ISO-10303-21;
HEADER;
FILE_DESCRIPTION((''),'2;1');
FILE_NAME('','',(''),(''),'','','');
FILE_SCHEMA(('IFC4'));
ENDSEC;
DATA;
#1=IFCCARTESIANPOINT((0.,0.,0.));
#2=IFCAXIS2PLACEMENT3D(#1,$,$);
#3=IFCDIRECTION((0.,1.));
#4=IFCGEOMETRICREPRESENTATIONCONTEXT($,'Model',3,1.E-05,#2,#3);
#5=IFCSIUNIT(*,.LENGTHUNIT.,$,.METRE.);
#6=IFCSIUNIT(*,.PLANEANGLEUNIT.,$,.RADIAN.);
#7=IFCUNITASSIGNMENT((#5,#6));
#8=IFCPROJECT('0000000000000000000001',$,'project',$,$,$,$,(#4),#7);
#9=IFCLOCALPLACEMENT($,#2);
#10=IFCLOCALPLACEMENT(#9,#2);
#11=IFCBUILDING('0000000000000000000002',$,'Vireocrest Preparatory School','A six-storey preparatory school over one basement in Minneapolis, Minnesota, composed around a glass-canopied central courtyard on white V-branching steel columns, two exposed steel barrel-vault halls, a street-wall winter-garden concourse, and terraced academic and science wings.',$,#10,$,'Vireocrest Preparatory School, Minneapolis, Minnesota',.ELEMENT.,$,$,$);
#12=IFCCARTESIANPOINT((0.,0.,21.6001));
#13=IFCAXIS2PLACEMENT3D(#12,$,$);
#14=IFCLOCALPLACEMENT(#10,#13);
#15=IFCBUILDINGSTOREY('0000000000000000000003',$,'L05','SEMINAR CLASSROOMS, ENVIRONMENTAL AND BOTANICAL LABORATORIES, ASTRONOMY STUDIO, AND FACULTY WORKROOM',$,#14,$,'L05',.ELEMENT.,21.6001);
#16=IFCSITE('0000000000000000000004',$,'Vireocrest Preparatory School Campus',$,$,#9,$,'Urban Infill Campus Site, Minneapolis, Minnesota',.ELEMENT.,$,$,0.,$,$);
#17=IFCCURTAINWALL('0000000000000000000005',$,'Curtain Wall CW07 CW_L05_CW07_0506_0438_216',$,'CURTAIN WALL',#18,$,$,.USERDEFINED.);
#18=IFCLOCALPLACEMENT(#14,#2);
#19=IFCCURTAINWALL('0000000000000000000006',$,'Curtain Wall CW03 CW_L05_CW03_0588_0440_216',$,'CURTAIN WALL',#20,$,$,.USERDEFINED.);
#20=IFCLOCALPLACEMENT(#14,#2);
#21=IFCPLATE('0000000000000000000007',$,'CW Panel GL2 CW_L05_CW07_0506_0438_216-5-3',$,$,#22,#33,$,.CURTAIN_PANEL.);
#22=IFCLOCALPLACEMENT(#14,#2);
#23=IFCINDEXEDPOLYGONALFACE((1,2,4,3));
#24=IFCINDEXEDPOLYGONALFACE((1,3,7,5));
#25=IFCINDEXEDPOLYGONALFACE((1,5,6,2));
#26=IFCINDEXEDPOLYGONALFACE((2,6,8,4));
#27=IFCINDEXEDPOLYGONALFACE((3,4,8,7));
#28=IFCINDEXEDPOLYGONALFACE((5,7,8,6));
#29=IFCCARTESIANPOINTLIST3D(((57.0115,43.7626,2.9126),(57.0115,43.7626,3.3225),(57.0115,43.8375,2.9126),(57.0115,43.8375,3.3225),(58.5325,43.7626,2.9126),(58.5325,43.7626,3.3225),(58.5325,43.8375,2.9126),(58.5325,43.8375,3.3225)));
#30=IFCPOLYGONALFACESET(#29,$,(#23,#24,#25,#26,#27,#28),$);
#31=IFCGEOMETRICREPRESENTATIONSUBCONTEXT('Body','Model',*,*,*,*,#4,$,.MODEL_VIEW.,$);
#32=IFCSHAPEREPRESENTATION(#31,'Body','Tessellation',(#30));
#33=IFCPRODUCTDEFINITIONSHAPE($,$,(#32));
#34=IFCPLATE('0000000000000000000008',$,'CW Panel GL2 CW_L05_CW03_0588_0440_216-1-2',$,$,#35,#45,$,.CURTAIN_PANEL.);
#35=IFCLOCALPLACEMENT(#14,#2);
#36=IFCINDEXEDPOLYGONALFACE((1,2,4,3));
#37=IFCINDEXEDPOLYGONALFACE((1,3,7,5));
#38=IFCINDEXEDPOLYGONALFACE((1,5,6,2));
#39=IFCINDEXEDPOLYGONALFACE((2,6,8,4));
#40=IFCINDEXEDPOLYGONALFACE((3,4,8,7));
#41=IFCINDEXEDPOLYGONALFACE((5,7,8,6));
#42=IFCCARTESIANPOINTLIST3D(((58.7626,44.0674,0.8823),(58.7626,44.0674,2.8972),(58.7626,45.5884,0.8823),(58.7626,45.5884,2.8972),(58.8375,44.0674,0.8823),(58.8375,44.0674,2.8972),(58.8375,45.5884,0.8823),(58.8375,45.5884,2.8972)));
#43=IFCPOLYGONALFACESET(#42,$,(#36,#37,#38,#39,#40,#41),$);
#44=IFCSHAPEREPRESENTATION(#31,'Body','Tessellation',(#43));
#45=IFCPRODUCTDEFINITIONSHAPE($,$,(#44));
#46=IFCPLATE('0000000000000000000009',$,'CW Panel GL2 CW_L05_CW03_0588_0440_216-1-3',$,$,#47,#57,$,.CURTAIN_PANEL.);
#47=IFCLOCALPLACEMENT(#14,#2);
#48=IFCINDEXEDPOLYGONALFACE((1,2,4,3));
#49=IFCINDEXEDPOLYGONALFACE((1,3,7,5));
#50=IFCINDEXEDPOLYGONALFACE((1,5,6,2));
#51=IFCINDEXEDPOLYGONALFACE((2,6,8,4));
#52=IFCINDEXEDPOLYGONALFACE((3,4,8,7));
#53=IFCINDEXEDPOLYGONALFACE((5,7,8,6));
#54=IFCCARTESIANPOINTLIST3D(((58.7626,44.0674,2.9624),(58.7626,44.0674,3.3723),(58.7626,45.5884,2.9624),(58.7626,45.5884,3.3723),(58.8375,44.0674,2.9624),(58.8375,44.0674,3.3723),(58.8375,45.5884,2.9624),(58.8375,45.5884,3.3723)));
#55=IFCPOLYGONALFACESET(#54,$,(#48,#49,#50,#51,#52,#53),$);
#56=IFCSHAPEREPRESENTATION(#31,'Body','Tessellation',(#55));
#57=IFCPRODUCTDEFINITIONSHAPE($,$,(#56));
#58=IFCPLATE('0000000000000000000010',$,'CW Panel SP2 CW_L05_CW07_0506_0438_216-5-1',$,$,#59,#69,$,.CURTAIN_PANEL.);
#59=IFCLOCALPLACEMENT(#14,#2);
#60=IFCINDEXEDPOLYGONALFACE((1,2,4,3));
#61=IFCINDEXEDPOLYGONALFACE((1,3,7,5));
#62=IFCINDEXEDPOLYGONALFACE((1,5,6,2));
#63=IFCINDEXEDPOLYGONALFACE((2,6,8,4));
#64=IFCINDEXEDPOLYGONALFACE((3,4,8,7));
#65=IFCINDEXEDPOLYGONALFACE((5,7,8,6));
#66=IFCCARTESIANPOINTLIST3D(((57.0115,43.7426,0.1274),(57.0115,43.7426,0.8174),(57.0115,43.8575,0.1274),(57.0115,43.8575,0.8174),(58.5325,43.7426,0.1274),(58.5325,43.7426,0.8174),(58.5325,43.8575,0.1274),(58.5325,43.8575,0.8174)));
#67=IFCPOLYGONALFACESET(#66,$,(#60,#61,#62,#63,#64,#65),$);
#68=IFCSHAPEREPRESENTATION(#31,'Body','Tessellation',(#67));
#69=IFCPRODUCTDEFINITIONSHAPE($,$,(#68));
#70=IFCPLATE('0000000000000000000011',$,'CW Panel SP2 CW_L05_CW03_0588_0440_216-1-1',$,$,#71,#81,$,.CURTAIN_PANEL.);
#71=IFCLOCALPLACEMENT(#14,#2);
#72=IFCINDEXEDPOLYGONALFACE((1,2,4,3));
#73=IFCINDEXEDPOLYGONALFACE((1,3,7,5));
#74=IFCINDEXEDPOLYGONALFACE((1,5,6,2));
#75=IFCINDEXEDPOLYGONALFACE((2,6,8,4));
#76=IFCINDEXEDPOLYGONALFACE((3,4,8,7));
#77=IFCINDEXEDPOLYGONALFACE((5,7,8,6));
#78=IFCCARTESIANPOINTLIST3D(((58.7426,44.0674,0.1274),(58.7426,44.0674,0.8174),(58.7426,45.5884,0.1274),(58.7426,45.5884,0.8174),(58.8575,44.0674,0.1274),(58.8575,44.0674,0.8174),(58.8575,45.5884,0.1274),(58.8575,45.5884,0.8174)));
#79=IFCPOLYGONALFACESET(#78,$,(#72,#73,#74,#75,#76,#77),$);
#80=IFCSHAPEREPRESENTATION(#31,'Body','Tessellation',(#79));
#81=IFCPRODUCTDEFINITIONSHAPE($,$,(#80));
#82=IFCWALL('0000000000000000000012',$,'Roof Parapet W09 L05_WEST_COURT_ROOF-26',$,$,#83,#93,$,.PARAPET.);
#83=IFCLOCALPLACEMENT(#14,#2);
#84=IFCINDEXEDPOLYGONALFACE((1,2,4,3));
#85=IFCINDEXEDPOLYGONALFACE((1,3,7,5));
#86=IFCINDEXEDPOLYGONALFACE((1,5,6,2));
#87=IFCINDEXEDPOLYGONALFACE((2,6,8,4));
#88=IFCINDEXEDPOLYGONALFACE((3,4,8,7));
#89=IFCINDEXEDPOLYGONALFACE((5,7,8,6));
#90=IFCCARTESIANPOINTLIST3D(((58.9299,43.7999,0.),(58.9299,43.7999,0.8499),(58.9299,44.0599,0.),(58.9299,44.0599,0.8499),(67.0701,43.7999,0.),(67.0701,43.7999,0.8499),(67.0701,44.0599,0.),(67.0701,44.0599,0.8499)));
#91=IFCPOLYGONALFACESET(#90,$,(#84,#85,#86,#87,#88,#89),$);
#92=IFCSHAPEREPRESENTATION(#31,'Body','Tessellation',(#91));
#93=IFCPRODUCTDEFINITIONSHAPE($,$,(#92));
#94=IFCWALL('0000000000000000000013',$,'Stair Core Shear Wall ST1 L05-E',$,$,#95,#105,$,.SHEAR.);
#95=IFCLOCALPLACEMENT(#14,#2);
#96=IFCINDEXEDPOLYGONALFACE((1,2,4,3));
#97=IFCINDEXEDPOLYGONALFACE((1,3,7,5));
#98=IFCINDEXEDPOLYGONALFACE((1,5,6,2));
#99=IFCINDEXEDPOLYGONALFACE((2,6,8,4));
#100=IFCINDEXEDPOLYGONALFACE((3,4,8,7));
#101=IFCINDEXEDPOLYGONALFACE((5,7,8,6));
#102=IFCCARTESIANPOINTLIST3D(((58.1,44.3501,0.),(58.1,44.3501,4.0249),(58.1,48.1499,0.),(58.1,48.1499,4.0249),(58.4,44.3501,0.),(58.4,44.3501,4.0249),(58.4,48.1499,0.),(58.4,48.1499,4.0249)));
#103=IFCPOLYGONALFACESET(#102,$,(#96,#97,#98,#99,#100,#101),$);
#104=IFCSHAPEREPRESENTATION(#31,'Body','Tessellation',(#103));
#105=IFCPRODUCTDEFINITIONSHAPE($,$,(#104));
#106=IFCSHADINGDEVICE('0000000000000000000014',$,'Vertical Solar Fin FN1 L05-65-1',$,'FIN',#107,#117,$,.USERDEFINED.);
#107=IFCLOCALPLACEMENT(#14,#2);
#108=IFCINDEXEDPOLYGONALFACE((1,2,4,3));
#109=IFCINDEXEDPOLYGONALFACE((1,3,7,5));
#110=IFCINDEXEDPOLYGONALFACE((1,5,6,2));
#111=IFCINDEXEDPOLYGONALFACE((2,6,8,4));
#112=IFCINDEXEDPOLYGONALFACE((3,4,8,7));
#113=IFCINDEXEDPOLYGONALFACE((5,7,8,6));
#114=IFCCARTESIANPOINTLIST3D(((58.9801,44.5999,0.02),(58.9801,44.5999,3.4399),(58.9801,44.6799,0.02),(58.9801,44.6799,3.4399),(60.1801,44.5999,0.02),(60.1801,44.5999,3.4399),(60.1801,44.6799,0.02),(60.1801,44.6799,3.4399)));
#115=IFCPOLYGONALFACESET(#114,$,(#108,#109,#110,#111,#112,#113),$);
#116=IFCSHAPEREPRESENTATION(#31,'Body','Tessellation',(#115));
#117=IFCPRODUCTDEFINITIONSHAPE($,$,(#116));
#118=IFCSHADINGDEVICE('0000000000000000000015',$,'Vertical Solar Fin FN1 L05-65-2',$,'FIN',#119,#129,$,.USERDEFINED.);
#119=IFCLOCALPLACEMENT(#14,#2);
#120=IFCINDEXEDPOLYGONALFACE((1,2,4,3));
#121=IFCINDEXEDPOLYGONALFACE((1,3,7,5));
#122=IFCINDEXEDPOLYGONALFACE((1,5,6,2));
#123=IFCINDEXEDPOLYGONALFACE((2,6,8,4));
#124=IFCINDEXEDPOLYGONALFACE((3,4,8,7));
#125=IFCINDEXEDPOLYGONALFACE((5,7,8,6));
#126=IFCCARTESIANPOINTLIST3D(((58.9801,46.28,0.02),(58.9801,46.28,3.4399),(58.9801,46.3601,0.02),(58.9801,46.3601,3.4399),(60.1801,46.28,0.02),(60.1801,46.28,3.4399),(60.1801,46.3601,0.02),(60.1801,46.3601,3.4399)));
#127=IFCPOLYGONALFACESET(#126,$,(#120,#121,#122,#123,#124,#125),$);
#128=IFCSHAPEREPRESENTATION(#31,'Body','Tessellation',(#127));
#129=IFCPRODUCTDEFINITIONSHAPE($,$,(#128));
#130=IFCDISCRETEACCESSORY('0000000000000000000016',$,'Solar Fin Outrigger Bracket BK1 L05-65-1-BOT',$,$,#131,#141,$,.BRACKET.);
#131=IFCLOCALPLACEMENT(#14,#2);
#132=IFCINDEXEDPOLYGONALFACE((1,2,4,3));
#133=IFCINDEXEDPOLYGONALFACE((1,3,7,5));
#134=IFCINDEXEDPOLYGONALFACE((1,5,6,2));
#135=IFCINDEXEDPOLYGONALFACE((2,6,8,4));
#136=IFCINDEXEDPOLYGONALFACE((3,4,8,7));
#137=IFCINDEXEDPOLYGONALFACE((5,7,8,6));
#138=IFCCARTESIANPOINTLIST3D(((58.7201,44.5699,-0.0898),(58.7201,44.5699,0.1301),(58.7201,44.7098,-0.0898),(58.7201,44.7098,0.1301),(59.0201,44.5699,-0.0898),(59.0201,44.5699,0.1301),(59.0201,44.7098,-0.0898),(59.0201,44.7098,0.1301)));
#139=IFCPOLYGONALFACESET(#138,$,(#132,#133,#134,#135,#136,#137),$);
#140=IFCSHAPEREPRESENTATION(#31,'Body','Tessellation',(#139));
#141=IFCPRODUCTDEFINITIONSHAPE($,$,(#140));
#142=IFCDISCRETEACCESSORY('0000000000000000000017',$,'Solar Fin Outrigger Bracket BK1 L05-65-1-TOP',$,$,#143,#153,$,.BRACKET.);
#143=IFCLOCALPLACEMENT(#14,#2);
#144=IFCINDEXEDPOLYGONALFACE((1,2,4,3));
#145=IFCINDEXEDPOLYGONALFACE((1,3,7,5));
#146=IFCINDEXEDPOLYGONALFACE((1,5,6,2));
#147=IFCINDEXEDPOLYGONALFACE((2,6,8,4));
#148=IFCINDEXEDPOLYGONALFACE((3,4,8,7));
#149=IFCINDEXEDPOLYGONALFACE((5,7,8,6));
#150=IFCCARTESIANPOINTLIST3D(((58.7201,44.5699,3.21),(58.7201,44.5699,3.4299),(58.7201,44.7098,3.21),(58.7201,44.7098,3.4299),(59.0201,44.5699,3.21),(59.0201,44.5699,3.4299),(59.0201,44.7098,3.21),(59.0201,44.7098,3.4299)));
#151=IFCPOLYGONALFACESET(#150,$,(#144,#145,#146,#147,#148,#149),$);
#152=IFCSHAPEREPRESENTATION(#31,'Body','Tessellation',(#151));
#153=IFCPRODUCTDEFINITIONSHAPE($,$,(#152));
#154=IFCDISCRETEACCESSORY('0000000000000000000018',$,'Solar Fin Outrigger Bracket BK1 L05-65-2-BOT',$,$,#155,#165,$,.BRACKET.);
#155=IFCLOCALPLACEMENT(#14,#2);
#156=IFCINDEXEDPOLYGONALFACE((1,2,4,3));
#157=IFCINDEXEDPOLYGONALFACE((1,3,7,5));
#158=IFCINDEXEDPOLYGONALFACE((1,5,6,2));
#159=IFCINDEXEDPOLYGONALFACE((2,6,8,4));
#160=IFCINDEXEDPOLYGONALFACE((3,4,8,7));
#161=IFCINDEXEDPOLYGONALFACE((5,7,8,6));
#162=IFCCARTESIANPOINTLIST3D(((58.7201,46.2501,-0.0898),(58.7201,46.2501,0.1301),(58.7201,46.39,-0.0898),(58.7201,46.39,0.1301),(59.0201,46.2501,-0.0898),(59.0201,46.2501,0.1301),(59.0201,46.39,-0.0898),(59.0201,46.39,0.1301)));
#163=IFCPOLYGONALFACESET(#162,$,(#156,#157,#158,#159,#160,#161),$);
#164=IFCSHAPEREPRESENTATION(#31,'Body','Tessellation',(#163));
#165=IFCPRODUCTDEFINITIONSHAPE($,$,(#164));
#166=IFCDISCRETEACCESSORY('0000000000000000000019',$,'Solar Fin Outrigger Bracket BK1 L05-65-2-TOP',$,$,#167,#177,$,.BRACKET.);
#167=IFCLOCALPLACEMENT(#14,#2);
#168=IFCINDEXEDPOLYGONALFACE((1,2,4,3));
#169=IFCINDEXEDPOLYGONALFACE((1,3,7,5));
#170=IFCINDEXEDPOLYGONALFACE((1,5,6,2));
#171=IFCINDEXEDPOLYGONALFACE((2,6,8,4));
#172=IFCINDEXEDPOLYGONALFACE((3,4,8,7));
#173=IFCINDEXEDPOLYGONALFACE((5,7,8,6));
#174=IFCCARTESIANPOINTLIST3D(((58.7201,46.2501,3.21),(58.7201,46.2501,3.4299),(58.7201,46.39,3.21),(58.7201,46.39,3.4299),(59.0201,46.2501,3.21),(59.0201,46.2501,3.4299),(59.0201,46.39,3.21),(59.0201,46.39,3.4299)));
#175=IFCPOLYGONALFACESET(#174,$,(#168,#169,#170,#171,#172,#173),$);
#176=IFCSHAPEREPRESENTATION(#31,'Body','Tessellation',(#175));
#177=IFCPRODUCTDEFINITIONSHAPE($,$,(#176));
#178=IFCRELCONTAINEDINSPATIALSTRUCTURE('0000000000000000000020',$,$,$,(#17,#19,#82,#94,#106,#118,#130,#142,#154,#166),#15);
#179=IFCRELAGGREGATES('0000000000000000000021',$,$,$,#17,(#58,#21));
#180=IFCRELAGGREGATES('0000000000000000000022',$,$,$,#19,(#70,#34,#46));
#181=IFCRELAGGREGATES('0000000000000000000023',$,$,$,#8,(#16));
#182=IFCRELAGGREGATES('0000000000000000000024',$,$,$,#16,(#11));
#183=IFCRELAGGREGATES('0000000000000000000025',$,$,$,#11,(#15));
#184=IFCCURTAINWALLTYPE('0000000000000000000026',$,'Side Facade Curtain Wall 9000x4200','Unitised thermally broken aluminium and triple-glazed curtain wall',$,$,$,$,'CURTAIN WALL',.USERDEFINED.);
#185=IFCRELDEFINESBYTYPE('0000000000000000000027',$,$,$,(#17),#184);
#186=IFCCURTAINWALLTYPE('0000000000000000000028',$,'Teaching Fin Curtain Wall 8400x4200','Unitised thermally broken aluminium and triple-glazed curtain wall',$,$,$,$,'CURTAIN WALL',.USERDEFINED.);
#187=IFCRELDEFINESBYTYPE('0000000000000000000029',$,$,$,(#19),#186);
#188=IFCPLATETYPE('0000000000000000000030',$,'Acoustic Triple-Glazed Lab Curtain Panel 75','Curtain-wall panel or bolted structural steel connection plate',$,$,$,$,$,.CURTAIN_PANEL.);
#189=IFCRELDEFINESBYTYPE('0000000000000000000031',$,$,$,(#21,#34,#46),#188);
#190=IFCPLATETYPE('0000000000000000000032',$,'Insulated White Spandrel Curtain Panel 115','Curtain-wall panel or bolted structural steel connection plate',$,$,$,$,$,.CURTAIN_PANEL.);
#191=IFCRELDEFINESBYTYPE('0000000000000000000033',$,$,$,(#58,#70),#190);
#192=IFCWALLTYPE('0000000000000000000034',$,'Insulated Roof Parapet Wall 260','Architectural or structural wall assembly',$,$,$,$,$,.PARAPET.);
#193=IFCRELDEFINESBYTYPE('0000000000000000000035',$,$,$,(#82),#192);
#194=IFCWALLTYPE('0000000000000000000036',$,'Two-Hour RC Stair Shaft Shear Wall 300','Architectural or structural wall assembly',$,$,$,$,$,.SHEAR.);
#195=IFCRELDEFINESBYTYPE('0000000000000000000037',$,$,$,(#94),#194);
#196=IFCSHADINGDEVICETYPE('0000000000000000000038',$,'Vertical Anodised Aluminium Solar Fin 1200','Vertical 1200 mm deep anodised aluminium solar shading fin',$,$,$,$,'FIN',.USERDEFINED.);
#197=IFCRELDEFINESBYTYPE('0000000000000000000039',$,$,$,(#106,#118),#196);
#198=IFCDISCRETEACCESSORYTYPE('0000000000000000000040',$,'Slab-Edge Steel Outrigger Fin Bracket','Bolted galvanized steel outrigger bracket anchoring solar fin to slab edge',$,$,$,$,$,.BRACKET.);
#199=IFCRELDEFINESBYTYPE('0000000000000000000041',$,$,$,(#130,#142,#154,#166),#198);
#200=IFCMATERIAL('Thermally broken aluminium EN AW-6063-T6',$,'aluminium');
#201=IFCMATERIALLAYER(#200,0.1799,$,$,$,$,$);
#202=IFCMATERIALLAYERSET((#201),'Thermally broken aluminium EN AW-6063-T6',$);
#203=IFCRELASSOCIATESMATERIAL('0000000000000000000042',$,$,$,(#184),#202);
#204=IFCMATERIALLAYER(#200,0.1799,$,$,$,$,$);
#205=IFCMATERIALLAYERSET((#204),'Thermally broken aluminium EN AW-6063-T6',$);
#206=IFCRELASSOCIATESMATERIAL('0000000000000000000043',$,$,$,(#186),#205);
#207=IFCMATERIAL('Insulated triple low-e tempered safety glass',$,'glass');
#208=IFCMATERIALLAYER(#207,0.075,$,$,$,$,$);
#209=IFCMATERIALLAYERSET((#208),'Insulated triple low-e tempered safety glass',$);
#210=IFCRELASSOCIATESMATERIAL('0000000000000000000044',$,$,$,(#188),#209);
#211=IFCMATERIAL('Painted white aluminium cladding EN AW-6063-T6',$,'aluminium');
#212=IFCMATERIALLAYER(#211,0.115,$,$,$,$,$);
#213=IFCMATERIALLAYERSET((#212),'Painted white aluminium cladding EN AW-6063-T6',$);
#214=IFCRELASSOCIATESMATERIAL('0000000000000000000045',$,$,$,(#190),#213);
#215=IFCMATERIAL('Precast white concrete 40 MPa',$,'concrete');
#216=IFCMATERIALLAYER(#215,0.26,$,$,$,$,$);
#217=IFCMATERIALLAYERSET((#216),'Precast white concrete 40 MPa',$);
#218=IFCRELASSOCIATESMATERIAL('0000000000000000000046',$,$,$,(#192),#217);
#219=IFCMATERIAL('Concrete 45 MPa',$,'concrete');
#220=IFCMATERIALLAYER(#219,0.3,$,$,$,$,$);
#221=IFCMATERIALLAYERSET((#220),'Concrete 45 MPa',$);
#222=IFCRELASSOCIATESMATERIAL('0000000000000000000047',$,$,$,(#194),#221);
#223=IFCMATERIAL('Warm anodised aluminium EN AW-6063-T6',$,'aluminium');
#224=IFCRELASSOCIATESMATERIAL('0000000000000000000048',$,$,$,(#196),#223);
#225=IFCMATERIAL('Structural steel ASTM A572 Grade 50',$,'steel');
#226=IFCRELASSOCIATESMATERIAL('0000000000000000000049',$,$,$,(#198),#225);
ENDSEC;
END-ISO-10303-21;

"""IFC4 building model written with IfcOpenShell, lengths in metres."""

from ifc_helpers import new_model, si_unit, direction, frame, frame_2d, origin, origin_2d, place, context, subcontext, project, spatial, rectangle, extrude, material, layer, layer_set, material_profile, profile_set, type_object, element, aggregate, save


model = new_model("IFC4")

# Units and contexts
model_context = context("Model", 3, precision=1e-05, world=origin(), true_north=direction((0.0, 1.0)))
body_context = subcontext(model_context, "Body", "Model", "MODEL_VIEW")
ifc_project = project(units=[si_unit("LENGTHUNIT", "METRE"), si_unit("PLANEANGLEUNIT", "RADIAN")], contexts=[model_context])

# Site, building, storey
site_placement = place(None, origin())
site = spatial("IfcSite", under=ifc_project, at=site_placement, Name="Vireocrest Preparatory School Campus", LongName="Urban Infill Campus Site, Minneapolis, Minnesota", CompositionType="ELEMENT", RefElevation=0.0)
building_placement = place(site_placement, origin())
building = spatial("IfcBuilding", under=site, at=building_placement, Name="Vireocrest Preparatory School", Description="A six-storey preparatory school over one basement in Minneapolis, Minnesota, composed around a glass-canopied central courtyard on white V-branching steel columns, two exposed steel barrel-vault halls, a street-wall winter-garden concourse, and terraced academic and science wings.", LongName="Vireocrest Preparatory School, Minneapolis, Minnesota", CompositionType="ELEMENT")
storey_placement = place(building_placement, frame((0.0, 0.0, 21.6001)))
storey = spatial("IfcBuildingStorey", under=building, at=storey_placement, Name="L05", Description="SEMINAR CLASSROOMS, ENVIRONMENTAL AND BOTANICAL LABORATORIES, ASTRONOMY STUDIO, AND FACULTY WORKROOM", LongName="L05", CompositionType="ELEMENT", Elevation=21.6001)

# Shared definitions
ifc_material_1 = material(Name="Concrete 45 MPa", Category="concrete")

# Curtain walls
ifc_material_2 = material(Name="Thermally broken aluminium EN AW-6063-T6", Category="aluminium")
ifc_layer_1 = layer(ifc_material_2, 0.1799)
ifc_layer_set_1 = layer_set([ifc_layer_1], Name="Thermally broken aluminium EN AW-6063-T6")
curtain_wall_type_1 = type_object("IfcCurtainWallType", Name="Side Facade Curtain Wall 9000x4200", Description="Unitised thermally broken aluminium and triple-glazed curtain wall", ElementType="CURTAIN WALL", PredefinedType="USERDEFINED", material=ifc_layer_set_1)
curtain_wall_1_placement = place(storey_placement, origin())
curtain_wall_1 = element("IfcCurtainWall", 1, at=curtain_wall_1_placement, inside=storey, type_object=curtain_wall_type_1, Name="Curtain Wall CW07 CW_L05_CW07_0506_0438_216", ObjectType="CURTAIN WALL", PredefinedType="USERDEFINED")
ifc_layer_2 = layer(ifc_material_2, 0.1799)
ifc_layer_set_2 = layer_set([ifc_layer_2], Name="Thermally broken aluminium EN AW-6063-T6")
curtain_wall_type_2 = type_object("IfcCurtainWallType", Name="Teaching Fin Curtain Wall 8400x4200", Description="Unitised thermally broken aluminium and triple-glazed curtain wall", ElementType="CURTAIN WALL", PredefinedType="USERDEFINED", material=ifc_layer_set_2)
curtain_wall_2_placement = place(storey_placement, origin())
curtain_wall_2 = element("IfcCurtainWall", 2, at=curtain_wall_2_placement, inside=storey, type_object=curtain_wall_type_2, Name="Curtain Wall CW03 CW_L05_CW03_0588_0440_216", ObjectType="CURTAIN WALL", PredefinedType="USERDEFINED")

# Plates
ifc_material_3 = material(Name="Insulated triple low-e tempered safety glass", Category="glass")
ifc_layer_3 = layer(ifc_material_3, 0.075)
ifc_layer_set_3 = layer_set([ifc_layer_3], Name="Insulated triple low-e tempered safety glass")
plate_type_1 = type_object("IfcPlateType", Name="Acoustic Triple-Glazed Lab Curtain Panel 75", Description="Curtain-wall panel or bolted structural steel connection plate", PredefinedType="CURTAIN_PANEL", material=ifc_layer_set_3)
plate_1_placement = place(storey_placement, frame((57.772, 43.8, 2.9126), z_axis=(0.0, 0.0, 1.0), x_axis=(1.0, 0.0, 0.0)))
plate_1 = element("IfcPlate", 3, at=plate_1_placement, type_object=plate_type_1, Name="CW Panel GL2 CW_L05_CW07_0506_0438_216-5-3", PredefinedType="CURTAIN_PANEL", context=body_context, shape_type="SweptSolid", body=[
    extrude(rectangle(XDim=1.521, YDim=0.075, at=origin_2d()), origin(), (0.0, 0.0, 1.0), 0.4099),
])
plate_2_placement = place(storey_placement, frame((58.8, 44.8279, 0.8823), z_axis=(0.0, 0.0, 1.0), x_axis=(0.0, 1.0, 0.0)))
plate_2 = element("IfcPlate", 4, at=plate_2_placement, type_object=plate_type_1, Name="CW Panel GL2 CW_L05_CW03_0588_0440_216-1-2", PredefinedType="CURTAIN_PANEL", context=body_context, shape_type="SweptSolid", body=[
    extrude(rectangle(XDim=1.521, YDim=0.075, at=origin_2d()), origin(), (0.0, 0.0, 1.0), 2.0149),
])
plate_3_placement = place(storey_placement, frame((58.8, 44.8279, 2.9624), z_axis=(0.0, 0.0, 1.0), x_axis=(0.0, 1.0, 0.0)))
plate_3 = element("IfcPlate", 5, at=plate_3_placement, type_object=plate_type_1, Name="CW Panel GL2 CW_L05_CW03_0588_0440_216-1-3", PredefinedType="CURTAIN_PANEL", context=body_context, shape_type="SweptSolid", body=[
    extrude(rectangle(XDim=1.521, YDim=0.075, at=origin_2d()), origin(), (0.0, 0.0, 1.0), 0.4099),
])
ifc_material_4 = material(Name="Painted white aluminium cladding EN AW-6063-T6", Category="aluminium")
ifc_layer_4 = layer(ifc_material_4, 0.115)
ifc_layer_set_4 = layer_set([ifc_layer_4], Name="Painted white aluminium cladding EN AW-6063-T6")
plate_type_2 = type_object("IfcPlateType", Name="Insulated White Spandrel Curtain Panel 115", Description="Curtain-wall panel or bolted structural steel connection plate", PredefinedType="CURTAIN_PANEL", material=ifc_layer_set_4)
plate_4_placement = place(storey_placement, frame((57.772, 43.8, 0.1274), z_axis=(0.0, 0.0, 1.0), x_axis=(1.0, 0.0, 0.0)))
plate_4 = element("IfcPlate", 6, at=plate_4_placement, type_object=plate_type_2, Name="CW Panel SP2 CW_L05_CW07_0506_0438_216-5-1", PredefinedType="CURTAIN_PANEL", context=body_context, shape_type="SweptSolid", body=[
    extrude(rectangle(XDim=1.521, YDim=0.115, at=origin_2d()), origin(), (0.0, 0.0, 1.0), 0.6899),
])
aggregate(curtain_wall_1, [plate_4, plate_1])
plate_5_placement = place(storey_placement, frame((58.8, 44.8279, 0.1274), z_axis=(0.0, 0.0, 1.0), x_axis=(0.0, 1.0, 0.0)))
plate_5 = element("IfcPlate", 7, at=plate_5_placement, type_object=plate_type_2, Name="CW Panel SP2 CW_L05_CW03_0588_0440_216-1-1", PredefinedType="CURTAIN_PANEL", context=body_context, shape_type="SweptSolid", body=[
    extrude(rectangle(XDim=1.521, YDim=0.115, at=origin_2d()), origin(), (0.0, 0.0, 1.0), 0.6899),
])
aggregate(curtain_wall_2, [plate_5, plate_2, plate_3])

# Walls
ifc_material_5 = material(Name="Precast white concrete 40 MPa", Category="concrete")
ifc_layer_5 = layer(ifc_material_5, 0.26)
ifc_layer_set_5 = layer_set([ifc_layer_5], Name="Precast white concrete 40 MPa")
wall_type_1 = type_object("IfcWallType", Name="Insulated Roof Parapet Wall 260", Description="Architectural or structural wall assembly", PredefinedType="PARAPET", material=ifc_layer_set_5)
wall_1_placement = place(storey_placement, frame((58.9299, 43.9299, 0.0), z_axis=(0.0, 0.0, 1.0), x_axis=(1.0, 0.0, 0.0)))
element("IfcWall", 8, at=wall_1_placement, inside=storey, type_object=wall_type_1, Name="Roof Parapet W09 L05_WEST_COURT_ROOF-26", PredefinedType="PARAPET", context=body_context, shape_type="SweptSolid", body=[
    extrude(rectangle(XDim=8.1401, YDim=0.26, at=frame_2d((4.0701, 0.0))), origin(), (0.0, 0.0, 1.0), 0.8499),
])
ifc_layer_6 = layer(ifc_material_1, 0.3)
ifc_layer_set_6 = layer_set([ifc_layer_6], Name="Concrete 45 MPa")
wall_type_2 = type_object("IfcWallType", Name="Two-Hour RC Stair Shaft Shear Wall 300", Description="Architectural or structural wall assembly", PredefinedType="SHEAR", material=ifc_layer_set_6)
wall_2_placement = place(storey_placement, frame((58.25, 44.3501, 0.0), z_axis=(0.0, 0.0, 1.0), x_axis=(0.0, 1.0, 0.0)))
element("IfcWall", 9, at=wall_2_placement, inside=storey, type_object=wall_type_2, Name="Stair Core Shear Wall ST1 L05-E", PredefinedType="SHEAR", context=body_context, shape_type="SweptSolid", body=[
    extrude(rectangle(XDim=3.7998, YDim=0.3, at=frame_2d((1.8999, 0.0))), origin(), (0.0, 0.0, 1.0), 4.0249),
])

# Shading devices
ifc_material_6 = material(Name="Warm anodised aluminium EN AW-6063-T6", Category="aluminium")
ifc_material_profile_1 = material_profile(ifc_material_6, rectangle(XDim=0.0801, YDim=1.2, at=origin_2d()), Name="FIN 80x1200")
ifc_profile_set_1 = profile_set([ifc_material_profile_1], Name="Warm anodised aluminium EN AW-6063-T6")
shading_device_type = type_object("IfcShadingDeviceType", Name="Vertical Anodised Aluminium Solar Fin 1200", Description="Vertical 1200 mm deep anodised aluminium solar shading fin", ElementType="FIN", PredefinedType="USERDEFINED", material=ifc_profile_set_1)
for number, where, z_axis, x_axis, name in (
    (10, (59.5801, 44.6399, 0.02), (0.0, 0.0, 1.0), (0.0, -1.0, 0.0), "Vertical Solar Fin FN1 L05-65-1"),
    (11, (59.5801, 46.3201, 0.02), (0.0, 0.0, 1.0), (0.0, -1.0, 0.0), "Vertical Solar Fin FN1 L05-65-2"),
):
    element("IfcShadingDevice", number, at=place(storey_placement, frame(where, z_axis=z_axis, x_axis=x_axis)), inside=storey, type_object=shading_device_type, Name=name, ObjectType="FIN", PredefinedType="USERDEFINED", context=body_context, shape_type="SweptSolid", body=[
        extrude(rectangle(XDim=0.0801, YDim=1.2, at=origin_2d()), origin(), (0.0, 0.0, 1.0), 3.4199),
    ])

# Discrete accessories
ifc_material_7 = material(Name="Structural steel ASTM A572 Grade 50", Category="steel")
discrete_accessory_type = type_object("IfcDiscreteAccessoryType", Name="Slab-Edge Steel Outrigger Fin Bracket", Description="Bolted galvanized steel outrigger bracket anchoring solar fin to slab edge", PredefinedType="BRACKET", material=ifc_material_7)
for number, where, z_axis, x_axis, name in (
    (12, (58.8701, 44.6399, -0.0898), (0.0, 0.0, 1.0), (0.0, -1.0, 0.0), "Solar Fin Outrigger Bracket BK1 L05-65-1-BOT"),
    (13, (58.8701, 44.6399, 3.21), (0.0, 0.0, 1.0), (0.0, -1.0, 0.0), "Solar Fin Outrigger Bracket BK1 L05-65-1-TOP"),
    (14, (58.8701, 46.3201, -0.0898), (0.0, 0.0, 1.0), (0.0, -1.0, 0.0), "Solar Fin Outrigger Bracket BK1 L05-65-2-BOT"),
    (15, (58.8701, 46.3201, 3.21), (0.0, 0.0, 1.0), (0.0, -1.0, 0.0), "Solar Fin Outrigger Bracket BK1 L05-65-2-TOP"),
):
    element("IfcDiscreteAccessory", number, at=place(storey_placement, frame(where, z_axis=z_axis, x_axis=x_axis)), inside=storey, type_object=discrete_accessory_type, Name=name, PredefinedType="BRACKET", context=body_context, shape_type="SweptSolid", body=[
        extrude(rectangle(XDim=0.1399, YDim=0.3, at=origin_2d()), origin(), (0.0, 0.0, 1.0), 0.22),
    ])

save(model, "model.ifc")
